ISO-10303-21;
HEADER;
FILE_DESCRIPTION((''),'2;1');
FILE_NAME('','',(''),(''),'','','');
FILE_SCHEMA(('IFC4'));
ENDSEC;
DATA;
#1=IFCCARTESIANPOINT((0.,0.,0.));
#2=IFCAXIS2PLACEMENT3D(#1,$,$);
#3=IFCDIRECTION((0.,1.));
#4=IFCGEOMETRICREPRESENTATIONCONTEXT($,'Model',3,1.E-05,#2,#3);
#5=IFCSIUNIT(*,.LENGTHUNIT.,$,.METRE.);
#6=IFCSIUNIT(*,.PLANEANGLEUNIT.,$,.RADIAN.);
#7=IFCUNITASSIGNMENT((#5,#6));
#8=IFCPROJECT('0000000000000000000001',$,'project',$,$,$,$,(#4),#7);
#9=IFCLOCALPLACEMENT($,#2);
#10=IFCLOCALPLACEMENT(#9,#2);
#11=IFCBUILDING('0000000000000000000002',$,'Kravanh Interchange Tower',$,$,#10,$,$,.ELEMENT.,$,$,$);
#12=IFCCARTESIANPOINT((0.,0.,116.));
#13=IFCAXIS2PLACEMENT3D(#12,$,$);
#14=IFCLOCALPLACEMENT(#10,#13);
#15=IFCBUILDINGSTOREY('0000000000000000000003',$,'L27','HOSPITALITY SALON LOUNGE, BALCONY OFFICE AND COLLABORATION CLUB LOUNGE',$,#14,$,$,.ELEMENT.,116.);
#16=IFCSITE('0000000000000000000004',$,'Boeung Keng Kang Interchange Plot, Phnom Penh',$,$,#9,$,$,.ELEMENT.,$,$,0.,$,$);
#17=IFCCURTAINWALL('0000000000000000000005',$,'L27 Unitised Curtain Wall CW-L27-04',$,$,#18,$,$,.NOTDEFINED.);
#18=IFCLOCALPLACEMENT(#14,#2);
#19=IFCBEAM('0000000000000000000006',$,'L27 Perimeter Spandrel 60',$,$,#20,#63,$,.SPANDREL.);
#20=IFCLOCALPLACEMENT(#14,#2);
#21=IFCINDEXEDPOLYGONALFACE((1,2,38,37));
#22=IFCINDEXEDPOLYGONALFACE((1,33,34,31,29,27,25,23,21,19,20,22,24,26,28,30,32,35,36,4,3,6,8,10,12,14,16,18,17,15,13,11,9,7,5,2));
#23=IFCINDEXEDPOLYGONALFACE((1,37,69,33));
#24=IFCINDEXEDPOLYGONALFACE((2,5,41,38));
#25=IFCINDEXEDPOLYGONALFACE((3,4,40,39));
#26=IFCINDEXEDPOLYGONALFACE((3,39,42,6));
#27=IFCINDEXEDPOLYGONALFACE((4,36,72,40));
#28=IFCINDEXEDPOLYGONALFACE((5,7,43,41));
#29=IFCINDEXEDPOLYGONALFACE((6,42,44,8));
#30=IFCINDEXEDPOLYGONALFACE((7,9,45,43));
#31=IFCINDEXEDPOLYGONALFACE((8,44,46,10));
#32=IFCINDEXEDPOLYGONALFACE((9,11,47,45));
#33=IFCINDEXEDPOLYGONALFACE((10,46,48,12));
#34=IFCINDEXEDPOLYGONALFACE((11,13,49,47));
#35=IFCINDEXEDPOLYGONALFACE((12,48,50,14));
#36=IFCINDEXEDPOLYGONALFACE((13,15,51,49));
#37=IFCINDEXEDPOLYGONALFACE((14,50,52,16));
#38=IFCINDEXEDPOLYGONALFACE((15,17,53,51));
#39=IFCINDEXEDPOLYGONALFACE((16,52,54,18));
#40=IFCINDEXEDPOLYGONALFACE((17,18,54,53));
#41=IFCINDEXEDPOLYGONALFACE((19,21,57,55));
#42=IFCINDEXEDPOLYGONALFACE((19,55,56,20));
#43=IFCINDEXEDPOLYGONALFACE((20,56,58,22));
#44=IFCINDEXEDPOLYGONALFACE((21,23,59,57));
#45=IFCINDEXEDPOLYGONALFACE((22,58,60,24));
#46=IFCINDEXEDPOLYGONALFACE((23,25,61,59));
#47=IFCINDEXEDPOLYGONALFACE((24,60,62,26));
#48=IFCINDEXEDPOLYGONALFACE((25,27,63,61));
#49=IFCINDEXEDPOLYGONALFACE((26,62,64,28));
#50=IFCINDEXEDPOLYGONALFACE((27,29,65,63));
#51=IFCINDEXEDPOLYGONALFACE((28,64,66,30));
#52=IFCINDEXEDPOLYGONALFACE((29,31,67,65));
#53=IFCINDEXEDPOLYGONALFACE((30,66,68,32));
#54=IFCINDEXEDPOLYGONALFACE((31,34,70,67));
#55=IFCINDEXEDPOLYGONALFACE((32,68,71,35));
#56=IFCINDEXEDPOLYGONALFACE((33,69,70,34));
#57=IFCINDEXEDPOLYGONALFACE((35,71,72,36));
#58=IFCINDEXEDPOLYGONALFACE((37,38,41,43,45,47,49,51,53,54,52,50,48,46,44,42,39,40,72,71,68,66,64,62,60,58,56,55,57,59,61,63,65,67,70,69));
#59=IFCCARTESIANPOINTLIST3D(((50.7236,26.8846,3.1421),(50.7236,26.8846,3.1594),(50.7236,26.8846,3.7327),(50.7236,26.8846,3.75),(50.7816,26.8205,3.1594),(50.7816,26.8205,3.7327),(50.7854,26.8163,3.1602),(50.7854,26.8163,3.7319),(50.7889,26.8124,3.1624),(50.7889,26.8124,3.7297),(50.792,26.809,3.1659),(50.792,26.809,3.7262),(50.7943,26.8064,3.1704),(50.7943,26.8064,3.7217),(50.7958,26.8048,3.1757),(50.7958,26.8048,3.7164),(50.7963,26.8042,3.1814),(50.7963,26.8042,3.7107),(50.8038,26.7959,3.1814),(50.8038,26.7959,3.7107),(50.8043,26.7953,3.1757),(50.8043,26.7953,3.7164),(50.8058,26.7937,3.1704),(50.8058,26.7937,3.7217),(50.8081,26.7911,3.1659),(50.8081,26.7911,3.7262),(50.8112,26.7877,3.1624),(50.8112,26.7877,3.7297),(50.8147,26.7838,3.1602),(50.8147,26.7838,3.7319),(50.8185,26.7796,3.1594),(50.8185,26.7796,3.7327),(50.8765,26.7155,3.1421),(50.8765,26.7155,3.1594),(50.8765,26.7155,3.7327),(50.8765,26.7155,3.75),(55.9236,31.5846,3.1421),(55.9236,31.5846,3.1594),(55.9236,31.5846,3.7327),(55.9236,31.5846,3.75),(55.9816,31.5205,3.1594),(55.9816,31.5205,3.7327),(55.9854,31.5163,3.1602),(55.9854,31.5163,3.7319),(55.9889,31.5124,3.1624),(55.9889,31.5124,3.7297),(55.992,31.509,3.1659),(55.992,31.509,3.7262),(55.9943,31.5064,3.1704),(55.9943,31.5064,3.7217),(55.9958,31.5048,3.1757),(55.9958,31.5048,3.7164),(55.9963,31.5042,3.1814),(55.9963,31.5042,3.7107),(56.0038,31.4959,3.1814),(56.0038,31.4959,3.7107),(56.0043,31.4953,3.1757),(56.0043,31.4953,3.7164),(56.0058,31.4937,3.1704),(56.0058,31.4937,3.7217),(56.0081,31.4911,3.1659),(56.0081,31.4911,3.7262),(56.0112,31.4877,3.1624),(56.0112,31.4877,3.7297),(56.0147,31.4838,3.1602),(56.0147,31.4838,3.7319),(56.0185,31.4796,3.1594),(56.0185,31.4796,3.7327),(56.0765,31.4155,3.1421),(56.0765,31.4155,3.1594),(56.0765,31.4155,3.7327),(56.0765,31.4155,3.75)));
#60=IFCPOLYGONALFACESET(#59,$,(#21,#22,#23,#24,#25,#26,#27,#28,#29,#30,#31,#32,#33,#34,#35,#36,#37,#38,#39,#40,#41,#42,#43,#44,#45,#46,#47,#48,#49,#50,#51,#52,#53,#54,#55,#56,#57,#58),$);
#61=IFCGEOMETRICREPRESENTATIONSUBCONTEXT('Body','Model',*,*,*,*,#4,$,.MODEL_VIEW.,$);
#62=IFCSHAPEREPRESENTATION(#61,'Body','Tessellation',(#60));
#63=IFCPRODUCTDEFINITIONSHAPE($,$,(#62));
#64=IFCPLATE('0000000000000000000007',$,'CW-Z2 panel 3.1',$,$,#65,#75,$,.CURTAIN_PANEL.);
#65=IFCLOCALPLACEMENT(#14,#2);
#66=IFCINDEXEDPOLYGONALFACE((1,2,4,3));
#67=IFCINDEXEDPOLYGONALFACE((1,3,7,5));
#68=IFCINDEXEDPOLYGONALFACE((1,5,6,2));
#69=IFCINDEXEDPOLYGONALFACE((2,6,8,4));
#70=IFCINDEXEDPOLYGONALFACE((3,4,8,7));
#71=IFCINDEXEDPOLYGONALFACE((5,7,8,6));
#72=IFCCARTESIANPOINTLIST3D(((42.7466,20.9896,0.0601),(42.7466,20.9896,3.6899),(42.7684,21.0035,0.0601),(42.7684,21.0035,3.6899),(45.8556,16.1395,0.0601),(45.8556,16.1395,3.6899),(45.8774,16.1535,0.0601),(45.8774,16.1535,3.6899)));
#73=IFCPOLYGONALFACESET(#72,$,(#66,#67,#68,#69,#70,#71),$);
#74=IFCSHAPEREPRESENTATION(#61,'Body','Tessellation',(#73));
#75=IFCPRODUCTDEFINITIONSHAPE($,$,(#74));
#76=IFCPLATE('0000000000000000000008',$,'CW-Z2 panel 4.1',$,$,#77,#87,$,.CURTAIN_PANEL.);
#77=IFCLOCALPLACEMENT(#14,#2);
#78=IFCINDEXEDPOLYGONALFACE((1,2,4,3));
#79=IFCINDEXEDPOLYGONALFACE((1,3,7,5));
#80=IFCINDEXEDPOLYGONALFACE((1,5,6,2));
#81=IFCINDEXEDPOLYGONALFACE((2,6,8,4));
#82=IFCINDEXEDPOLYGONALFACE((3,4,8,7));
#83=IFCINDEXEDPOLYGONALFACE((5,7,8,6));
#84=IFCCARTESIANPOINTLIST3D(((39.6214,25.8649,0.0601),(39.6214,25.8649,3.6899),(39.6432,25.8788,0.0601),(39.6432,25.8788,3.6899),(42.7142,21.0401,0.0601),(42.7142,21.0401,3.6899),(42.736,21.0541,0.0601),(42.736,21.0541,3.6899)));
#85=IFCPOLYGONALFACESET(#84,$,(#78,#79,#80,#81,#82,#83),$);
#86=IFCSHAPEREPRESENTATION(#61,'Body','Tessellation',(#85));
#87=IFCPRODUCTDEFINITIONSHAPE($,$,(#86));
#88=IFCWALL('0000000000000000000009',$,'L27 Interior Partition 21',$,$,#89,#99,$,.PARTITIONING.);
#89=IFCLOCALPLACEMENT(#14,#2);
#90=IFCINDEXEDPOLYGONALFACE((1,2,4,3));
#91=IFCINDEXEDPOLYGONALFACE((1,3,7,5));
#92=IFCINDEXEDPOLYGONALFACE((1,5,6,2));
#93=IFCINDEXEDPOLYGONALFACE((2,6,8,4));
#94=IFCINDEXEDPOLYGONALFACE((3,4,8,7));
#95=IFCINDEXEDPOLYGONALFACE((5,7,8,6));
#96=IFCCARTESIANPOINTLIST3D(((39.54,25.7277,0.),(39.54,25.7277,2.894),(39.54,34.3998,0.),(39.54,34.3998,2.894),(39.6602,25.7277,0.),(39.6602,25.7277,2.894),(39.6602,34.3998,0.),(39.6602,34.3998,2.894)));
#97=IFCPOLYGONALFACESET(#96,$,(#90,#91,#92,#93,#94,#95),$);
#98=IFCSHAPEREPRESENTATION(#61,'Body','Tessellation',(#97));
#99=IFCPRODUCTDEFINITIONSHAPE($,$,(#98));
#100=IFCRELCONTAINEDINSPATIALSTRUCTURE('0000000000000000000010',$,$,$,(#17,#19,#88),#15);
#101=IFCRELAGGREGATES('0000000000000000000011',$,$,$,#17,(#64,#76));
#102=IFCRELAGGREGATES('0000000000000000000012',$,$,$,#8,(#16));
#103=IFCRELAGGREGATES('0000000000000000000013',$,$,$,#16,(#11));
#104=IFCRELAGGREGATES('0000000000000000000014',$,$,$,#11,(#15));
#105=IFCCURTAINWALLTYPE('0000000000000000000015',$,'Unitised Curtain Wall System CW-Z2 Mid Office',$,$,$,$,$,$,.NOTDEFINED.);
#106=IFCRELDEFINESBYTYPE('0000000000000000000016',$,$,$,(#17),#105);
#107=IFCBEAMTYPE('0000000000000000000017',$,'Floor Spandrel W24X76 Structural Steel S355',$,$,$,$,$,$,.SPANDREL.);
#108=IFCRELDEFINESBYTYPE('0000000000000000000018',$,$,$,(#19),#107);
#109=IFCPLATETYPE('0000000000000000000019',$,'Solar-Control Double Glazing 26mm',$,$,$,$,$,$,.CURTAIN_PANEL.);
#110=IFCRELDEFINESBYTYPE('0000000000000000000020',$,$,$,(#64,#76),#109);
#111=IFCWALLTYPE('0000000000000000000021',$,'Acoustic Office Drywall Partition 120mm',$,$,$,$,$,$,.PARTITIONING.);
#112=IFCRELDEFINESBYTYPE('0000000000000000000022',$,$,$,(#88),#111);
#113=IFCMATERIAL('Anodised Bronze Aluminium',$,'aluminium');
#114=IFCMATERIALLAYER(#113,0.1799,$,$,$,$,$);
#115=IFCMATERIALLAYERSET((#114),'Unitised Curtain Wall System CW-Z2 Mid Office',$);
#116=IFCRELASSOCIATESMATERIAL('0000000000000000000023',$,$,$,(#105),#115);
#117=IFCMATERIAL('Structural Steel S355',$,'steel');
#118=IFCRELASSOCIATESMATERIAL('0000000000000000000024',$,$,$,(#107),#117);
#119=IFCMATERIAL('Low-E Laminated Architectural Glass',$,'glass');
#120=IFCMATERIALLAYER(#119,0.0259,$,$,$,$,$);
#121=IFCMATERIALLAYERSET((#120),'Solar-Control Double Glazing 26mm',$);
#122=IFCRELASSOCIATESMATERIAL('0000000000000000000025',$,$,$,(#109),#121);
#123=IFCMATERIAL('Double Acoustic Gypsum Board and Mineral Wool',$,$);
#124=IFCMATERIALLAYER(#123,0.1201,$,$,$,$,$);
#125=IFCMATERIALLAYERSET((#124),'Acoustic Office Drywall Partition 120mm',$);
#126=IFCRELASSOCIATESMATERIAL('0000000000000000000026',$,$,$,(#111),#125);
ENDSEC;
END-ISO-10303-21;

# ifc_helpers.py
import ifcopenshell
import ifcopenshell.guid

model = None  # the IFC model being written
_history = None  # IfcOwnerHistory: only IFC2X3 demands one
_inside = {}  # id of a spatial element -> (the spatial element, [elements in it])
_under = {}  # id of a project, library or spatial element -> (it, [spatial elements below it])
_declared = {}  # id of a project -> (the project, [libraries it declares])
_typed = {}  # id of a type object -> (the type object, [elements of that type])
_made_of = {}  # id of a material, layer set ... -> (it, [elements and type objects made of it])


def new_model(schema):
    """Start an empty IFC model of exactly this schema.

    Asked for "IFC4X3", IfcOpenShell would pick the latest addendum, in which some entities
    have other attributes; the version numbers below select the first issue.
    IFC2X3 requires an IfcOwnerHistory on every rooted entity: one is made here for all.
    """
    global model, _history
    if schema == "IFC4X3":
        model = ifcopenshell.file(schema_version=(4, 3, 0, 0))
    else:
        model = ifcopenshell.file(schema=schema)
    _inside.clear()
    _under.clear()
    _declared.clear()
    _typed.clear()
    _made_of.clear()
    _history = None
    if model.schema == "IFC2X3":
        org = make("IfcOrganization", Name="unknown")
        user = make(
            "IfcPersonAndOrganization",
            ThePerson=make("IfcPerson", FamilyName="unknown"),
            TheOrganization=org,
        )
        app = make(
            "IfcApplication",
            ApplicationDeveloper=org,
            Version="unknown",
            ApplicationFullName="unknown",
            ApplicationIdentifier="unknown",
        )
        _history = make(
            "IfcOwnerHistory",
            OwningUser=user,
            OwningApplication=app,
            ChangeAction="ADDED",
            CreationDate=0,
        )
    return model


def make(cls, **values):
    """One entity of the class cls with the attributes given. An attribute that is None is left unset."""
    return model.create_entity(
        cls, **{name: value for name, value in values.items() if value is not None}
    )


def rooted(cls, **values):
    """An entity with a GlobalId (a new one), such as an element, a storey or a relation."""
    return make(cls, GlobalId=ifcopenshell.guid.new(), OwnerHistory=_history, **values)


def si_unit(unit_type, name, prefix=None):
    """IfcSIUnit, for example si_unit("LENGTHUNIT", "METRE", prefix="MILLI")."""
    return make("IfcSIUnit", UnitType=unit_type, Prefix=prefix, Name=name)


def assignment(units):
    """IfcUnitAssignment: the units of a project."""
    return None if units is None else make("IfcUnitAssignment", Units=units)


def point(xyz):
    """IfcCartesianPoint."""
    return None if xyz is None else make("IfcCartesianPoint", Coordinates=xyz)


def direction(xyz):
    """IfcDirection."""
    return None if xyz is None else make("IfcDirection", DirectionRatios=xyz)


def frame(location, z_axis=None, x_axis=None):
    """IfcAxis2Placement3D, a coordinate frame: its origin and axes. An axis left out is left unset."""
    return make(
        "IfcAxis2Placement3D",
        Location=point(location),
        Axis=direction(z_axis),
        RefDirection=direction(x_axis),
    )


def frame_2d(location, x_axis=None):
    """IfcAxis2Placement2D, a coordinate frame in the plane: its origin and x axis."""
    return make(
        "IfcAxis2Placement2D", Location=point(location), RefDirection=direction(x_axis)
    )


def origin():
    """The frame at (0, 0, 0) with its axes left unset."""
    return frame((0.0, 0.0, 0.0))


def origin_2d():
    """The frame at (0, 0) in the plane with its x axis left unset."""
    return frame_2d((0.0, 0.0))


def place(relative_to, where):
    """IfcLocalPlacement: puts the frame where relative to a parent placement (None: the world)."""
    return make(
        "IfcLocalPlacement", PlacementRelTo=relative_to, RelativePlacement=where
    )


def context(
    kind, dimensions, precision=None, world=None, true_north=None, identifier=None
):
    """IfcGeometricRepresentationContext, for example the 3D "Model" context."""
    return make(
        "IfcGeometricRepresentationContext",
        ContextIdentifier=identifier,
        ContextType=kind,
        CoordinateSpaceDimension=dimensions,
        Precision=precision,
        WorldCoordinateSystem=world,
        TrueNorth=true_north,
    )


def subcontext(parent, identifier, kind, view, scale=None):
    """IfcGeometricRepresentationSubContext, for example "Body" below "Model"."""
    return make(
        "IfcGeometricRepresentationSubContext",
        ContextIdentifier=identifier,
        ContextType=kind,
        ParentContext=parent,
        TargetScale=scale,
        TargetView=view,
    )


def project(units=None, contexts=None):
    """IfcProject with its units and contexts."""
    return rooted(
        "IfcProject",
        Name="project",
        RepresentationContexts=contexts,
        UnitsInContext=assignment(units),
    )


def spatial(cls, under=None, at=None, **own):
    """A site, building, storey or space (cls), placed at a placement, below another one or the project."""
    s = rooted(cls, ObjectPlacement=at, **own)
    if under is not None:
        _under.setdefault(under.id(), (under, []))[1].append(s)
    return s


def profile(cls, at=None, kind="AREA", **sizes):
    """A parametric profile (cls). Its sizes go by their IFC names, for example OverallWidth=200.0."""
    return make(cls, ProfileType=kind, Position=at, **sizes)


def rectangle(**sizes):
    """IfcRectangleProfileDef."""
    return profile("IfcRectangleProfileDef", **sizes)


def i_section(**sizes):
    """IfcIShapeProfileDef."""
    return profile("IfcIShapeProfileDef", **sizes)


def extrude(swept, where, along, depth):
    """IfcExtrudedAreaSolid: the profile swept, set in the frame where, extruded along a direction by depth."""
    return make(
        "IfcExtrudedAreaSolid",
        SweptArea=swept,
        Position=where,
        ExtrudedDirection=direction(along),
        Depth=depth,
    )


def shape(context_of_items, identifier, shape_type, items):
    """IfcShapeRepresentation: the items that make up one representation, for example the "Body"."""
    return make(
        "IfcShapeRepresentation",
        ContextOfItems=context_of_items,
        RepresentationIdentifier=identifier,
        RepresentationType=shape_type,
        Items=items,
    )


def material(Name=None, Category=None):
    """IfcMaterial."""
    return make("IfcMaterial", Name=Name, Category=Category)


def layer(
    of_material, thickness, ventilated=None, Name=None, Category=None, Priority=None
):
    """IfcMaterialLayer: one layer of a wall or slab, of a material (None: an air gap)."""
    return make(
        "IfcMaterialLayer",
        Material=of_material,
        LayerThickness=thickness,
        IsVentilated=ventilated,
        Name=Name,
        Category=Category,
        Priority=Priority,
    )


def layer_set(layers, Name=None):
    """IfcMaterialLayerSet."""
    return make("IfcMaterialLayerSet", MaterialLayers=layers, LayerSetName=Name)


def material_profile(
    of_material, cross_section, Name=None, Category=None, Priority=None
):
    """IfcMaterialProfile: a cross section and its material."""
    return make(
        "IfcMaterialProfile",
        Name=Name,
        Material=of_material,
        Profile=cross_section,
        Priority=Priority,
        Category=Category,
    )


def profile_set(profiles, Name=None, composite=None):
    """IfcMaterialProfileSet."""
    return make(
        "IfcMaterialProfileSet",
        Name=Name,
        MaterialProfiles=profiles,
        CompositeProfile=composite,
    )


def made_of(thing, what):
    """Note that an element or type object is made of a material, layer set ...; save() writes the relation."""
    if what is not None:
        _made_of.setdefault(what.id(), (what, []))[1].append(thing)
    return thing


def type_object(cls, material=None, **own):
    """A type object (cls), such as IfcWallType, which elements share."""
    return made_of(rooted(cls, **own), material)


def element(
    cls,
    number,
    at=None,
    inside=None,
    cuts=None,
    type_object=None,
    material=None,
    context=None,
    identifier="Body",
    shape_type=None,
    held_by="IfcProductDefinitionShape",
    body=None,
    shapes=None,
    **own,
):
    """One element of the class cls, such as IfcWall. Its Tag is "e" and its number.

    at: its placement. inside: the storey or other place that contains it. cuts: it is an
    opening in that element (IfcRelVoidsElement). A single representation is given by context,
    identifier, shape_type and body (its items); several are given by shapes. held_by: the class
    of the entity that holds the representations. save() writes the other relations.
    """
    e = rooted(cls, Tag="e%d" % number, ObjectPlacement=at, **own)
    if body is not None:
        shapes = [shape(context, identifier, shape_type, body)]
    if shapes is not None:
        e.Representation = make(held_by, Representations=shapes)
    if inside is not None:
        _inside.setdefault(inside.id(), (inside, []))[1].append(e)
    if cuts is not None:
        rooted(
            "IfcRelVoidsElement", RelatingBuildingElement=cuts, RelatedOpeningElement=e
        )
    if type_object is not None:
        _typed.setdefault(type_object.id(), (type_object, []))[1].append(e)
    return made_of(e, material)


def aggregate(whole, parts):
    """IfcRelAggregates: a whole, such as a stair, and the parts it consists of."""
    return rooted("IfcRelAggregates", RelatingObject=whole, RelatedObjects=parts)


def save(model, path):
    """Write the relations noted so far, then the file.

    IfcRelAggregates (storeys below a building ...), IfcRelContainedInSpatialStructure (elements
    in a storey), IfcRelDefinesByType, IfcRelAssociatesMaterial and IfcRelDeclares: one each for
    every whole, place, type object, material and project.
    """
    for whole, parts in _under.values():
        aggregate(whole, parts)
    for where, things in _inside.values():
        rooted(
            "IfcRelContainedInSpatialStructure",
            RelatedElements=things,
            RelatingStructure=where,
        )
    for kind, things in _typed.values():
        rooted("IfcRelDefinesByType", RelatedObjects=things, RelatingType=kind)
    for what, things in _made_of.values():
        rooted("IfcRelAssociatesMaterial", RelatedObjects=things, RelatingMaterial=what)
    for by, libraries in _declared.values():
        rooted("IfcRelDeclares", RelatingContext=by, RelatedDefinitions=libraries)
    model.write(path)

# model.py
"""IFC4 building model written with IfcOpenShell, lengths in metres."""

from ifc_helpers import new_model, si_unit, direction, frame, frame_2d, origin, origin_2d, place, context, subcontext, project, spatial, rectangle, i_section, extrude, material, layer, layer_set, material_profile, profile_set, type_object, element, aggregate, save


model = new_model("IFC4")

# Units and contexts
model_context = context("Model", 3, precision=1e-05, world=origin(), true_north=direction((0.0, 1.0)))
body_context = subcontext(model_context, "Body", "Model", "MODEL_VIEW")
ifc_project = project(units=[si_unit("LENGTHUNIT", "METRE"), si_unit("PLANEANGLEUNIT", "RADIAN")], contexts=[model_context])

# Site, building, storey
site_placement = place(None, origin())
site = spatial("IfcSite", under=ifc_project, at=site_placement, Name="Boeung Keng Kang Interchange Plot, Phnom Penh", CompositionType="ELEMENT", RefElevation=0.0)
building_placement = place(site_placement, origin())
building = spatial("IfcBuilding", under=site, at=building_placement, Name="Kravanh Interchange Tower", CompositionType="ELEMENT")
storey_placement = place(building_placement, frame((0.0, 0.0, 116.0)))
storey = spatial("IfcBuildingStorey", under=building, at=storey_placement, Name="L27", Description="HOSPITALITY SALON LOUNGE, BALCONY OFFICE AND COLLABORATION CLUB LOUNGE", CompositionType="ELEMENT", Elevation=116.0)

# Curtain wall
ifc_material_1 = material(Name="Anodised Bronze Aluminium", Category="aluminium")
ifc_layer_1 = layer(ifc_material_1, 0.1799)
ifc_layer_set_1 = layer_set([ifc_layer_1], Name="Unitised Curtain Wall System CW-Z2 Mid Office")
curtain_wall_type = type_object("IfcCurtainWallType", Name="Unitised Curtain Wall System CW-Z2 Mid Office", PredefinedType="NOTDEFINED", material=ifc_layer_set_1)
curtain_wall_1_placement = place(storey_placement, origin())
curtain_wall_1 = element("IfcCurtainWall", 1, at=curtain_wall_1_placement, inside=storey, type_object=curtain_wall_type, Name="L27 Unitised Curtain Wall CW-L27-04", PredefinedType="NOTDEFINED")

# Beam
ifc_material_2 = material(Name="Structural Steel S355", Category="steel")
ifc_material_profile_1 = material_profile(ifc_material_2, i_section(OverallWidth=0.228, OverallDepth=0.6079, WebThickness=0.0112, FlangeThickness=0.0173, FilletRadius=0.022, at=origin_2d()), Name="W24X76")
ifc_profile_set_1 = profile_set([ifc_material_profile_1], Name="Structural Steel S355")
beam_type_1 = type_object("IfcBeamType", Name="Floor Spandrel W24X76 Structural Steel S355", PredefinedType="SPANDREL", material=ifc_profile_set_1)
beam_1_placement = place(storey_placement, frame((50.8, 26.8, 3.446), z_axis=(0.741874, 0.670539, 0.0), x_axis=(-0.670539, 0.741874, 0.0)))
element("IfcBeam", 2, at=beam_1_placement, inside=storey, type_object=beam_type_1, Name="L27 Perimeter Spandrel 60", PredefinedType="SPANDREL", context=body_context, shape_type="SweptSolid", body=[
    extrude(i_section(OverallWidth=0.228, OverallDepth=0.6079, WebThickness=0.0112, FlangeThickness=0.0173, FilletRadius=0.022, at=origin_2d()), origin(), (0.0, 0.0, 1.0), 7.0093),
])

# Plates
ifc_material_3 = material(Name="Low-E Laminated Architectural Glass", Category="glass")
ifc_layer_2 = layer(ifc_material_3, 0.0259)
ifc_layer_set_2 = layer_set([ifc_layer_2], Name="Solar-Control Double Glazing 26mm")
plate_type = type_object("IfcPlateType", Name="Solar-Control Double Glazing 26mm", PredefinedType="CURTAIN_PANEL", material=ifc_layer_set_2)
plate_1_placement = place(storey_placement, frame((44.312, 18.5715, 0.0601), z_axis=(0.0, 0.0, 1.0), x_axis=(-0.539665, 0.84188, 0.0)))
plate_1 = element("IfcPlate", 3, at=plate_1_placement, type_object=plate_type, Name="CW-Z2 panel 3.1", PredefinedType="CURTAIN_PANEL", context=body_context, shape_type="SweptSolid", body=[
    extrude(rectangle(XDim=5.761, YDim=0.0259, at=origin_2d()), origin(), (0.0, 0.0, 1.0), 3.6299),
])
plate_2_placement = place(storey_placement, frame((41.1787, 23.4595, 0.0601), z_axis=(0.0, 0.0, 1.0), x_axis=(-0.539665, 0.84188, 0.0)))
plate_2 = element("IfcPlate", 4, at=plate_2_placement, type_object=plate_type, Name="CW-Z2 panel 4.1", PredefinedType="CURTAIN_PANEL", context=body_context, shape_type="SweptSolid", body=[
    extrude(rectangle(XDim=5.731, YDim=0.0259, at=origin_2d()), origin(), (0.0, 0.0, 1.0), 3.6299),
])
aggregate(curtain_wall_1, [plate_1, plate_2])

# Wall
ifc_material_4 = material(Name="Double Acoustic Gypsum Board and Mineral Wool")
ifc_layer_3 = layer(ifc_material_4, 0.1201)
ifc_layer_set_3 = layer_set([ifc_layer_3], Name="Acoustic Office Drywall Partition 120mm")
wall_type = type_object("IfcWallType", Name="Acoustic Office Drywall Partition 120mm", PredefinedType="PARTITIONING", material=ifc_layer_set_3)
wall_placement = place(storey_placement, frame((39.6001, 25.7278, 0.0), z_axis=(0.0, 0.0, 1.0), x_axis=(0.0, 1.0, 0.0)))
element("IfcWall", 5, at=wall_placement, inside=storey, type_object=wall_type, Name="L27 Interior Partition 21", PredefinedType="PARTITIONING", context=body_context, shape_type="SweptSolid", body=[
    extrude(rectangle(XDim=8.6721, YDim=0.1201, at=frame_2d((4.3359, 0.0))), origin(), (0.0, 0.0, 1.0), 2.894),
])

save(model, "model.ifc")
